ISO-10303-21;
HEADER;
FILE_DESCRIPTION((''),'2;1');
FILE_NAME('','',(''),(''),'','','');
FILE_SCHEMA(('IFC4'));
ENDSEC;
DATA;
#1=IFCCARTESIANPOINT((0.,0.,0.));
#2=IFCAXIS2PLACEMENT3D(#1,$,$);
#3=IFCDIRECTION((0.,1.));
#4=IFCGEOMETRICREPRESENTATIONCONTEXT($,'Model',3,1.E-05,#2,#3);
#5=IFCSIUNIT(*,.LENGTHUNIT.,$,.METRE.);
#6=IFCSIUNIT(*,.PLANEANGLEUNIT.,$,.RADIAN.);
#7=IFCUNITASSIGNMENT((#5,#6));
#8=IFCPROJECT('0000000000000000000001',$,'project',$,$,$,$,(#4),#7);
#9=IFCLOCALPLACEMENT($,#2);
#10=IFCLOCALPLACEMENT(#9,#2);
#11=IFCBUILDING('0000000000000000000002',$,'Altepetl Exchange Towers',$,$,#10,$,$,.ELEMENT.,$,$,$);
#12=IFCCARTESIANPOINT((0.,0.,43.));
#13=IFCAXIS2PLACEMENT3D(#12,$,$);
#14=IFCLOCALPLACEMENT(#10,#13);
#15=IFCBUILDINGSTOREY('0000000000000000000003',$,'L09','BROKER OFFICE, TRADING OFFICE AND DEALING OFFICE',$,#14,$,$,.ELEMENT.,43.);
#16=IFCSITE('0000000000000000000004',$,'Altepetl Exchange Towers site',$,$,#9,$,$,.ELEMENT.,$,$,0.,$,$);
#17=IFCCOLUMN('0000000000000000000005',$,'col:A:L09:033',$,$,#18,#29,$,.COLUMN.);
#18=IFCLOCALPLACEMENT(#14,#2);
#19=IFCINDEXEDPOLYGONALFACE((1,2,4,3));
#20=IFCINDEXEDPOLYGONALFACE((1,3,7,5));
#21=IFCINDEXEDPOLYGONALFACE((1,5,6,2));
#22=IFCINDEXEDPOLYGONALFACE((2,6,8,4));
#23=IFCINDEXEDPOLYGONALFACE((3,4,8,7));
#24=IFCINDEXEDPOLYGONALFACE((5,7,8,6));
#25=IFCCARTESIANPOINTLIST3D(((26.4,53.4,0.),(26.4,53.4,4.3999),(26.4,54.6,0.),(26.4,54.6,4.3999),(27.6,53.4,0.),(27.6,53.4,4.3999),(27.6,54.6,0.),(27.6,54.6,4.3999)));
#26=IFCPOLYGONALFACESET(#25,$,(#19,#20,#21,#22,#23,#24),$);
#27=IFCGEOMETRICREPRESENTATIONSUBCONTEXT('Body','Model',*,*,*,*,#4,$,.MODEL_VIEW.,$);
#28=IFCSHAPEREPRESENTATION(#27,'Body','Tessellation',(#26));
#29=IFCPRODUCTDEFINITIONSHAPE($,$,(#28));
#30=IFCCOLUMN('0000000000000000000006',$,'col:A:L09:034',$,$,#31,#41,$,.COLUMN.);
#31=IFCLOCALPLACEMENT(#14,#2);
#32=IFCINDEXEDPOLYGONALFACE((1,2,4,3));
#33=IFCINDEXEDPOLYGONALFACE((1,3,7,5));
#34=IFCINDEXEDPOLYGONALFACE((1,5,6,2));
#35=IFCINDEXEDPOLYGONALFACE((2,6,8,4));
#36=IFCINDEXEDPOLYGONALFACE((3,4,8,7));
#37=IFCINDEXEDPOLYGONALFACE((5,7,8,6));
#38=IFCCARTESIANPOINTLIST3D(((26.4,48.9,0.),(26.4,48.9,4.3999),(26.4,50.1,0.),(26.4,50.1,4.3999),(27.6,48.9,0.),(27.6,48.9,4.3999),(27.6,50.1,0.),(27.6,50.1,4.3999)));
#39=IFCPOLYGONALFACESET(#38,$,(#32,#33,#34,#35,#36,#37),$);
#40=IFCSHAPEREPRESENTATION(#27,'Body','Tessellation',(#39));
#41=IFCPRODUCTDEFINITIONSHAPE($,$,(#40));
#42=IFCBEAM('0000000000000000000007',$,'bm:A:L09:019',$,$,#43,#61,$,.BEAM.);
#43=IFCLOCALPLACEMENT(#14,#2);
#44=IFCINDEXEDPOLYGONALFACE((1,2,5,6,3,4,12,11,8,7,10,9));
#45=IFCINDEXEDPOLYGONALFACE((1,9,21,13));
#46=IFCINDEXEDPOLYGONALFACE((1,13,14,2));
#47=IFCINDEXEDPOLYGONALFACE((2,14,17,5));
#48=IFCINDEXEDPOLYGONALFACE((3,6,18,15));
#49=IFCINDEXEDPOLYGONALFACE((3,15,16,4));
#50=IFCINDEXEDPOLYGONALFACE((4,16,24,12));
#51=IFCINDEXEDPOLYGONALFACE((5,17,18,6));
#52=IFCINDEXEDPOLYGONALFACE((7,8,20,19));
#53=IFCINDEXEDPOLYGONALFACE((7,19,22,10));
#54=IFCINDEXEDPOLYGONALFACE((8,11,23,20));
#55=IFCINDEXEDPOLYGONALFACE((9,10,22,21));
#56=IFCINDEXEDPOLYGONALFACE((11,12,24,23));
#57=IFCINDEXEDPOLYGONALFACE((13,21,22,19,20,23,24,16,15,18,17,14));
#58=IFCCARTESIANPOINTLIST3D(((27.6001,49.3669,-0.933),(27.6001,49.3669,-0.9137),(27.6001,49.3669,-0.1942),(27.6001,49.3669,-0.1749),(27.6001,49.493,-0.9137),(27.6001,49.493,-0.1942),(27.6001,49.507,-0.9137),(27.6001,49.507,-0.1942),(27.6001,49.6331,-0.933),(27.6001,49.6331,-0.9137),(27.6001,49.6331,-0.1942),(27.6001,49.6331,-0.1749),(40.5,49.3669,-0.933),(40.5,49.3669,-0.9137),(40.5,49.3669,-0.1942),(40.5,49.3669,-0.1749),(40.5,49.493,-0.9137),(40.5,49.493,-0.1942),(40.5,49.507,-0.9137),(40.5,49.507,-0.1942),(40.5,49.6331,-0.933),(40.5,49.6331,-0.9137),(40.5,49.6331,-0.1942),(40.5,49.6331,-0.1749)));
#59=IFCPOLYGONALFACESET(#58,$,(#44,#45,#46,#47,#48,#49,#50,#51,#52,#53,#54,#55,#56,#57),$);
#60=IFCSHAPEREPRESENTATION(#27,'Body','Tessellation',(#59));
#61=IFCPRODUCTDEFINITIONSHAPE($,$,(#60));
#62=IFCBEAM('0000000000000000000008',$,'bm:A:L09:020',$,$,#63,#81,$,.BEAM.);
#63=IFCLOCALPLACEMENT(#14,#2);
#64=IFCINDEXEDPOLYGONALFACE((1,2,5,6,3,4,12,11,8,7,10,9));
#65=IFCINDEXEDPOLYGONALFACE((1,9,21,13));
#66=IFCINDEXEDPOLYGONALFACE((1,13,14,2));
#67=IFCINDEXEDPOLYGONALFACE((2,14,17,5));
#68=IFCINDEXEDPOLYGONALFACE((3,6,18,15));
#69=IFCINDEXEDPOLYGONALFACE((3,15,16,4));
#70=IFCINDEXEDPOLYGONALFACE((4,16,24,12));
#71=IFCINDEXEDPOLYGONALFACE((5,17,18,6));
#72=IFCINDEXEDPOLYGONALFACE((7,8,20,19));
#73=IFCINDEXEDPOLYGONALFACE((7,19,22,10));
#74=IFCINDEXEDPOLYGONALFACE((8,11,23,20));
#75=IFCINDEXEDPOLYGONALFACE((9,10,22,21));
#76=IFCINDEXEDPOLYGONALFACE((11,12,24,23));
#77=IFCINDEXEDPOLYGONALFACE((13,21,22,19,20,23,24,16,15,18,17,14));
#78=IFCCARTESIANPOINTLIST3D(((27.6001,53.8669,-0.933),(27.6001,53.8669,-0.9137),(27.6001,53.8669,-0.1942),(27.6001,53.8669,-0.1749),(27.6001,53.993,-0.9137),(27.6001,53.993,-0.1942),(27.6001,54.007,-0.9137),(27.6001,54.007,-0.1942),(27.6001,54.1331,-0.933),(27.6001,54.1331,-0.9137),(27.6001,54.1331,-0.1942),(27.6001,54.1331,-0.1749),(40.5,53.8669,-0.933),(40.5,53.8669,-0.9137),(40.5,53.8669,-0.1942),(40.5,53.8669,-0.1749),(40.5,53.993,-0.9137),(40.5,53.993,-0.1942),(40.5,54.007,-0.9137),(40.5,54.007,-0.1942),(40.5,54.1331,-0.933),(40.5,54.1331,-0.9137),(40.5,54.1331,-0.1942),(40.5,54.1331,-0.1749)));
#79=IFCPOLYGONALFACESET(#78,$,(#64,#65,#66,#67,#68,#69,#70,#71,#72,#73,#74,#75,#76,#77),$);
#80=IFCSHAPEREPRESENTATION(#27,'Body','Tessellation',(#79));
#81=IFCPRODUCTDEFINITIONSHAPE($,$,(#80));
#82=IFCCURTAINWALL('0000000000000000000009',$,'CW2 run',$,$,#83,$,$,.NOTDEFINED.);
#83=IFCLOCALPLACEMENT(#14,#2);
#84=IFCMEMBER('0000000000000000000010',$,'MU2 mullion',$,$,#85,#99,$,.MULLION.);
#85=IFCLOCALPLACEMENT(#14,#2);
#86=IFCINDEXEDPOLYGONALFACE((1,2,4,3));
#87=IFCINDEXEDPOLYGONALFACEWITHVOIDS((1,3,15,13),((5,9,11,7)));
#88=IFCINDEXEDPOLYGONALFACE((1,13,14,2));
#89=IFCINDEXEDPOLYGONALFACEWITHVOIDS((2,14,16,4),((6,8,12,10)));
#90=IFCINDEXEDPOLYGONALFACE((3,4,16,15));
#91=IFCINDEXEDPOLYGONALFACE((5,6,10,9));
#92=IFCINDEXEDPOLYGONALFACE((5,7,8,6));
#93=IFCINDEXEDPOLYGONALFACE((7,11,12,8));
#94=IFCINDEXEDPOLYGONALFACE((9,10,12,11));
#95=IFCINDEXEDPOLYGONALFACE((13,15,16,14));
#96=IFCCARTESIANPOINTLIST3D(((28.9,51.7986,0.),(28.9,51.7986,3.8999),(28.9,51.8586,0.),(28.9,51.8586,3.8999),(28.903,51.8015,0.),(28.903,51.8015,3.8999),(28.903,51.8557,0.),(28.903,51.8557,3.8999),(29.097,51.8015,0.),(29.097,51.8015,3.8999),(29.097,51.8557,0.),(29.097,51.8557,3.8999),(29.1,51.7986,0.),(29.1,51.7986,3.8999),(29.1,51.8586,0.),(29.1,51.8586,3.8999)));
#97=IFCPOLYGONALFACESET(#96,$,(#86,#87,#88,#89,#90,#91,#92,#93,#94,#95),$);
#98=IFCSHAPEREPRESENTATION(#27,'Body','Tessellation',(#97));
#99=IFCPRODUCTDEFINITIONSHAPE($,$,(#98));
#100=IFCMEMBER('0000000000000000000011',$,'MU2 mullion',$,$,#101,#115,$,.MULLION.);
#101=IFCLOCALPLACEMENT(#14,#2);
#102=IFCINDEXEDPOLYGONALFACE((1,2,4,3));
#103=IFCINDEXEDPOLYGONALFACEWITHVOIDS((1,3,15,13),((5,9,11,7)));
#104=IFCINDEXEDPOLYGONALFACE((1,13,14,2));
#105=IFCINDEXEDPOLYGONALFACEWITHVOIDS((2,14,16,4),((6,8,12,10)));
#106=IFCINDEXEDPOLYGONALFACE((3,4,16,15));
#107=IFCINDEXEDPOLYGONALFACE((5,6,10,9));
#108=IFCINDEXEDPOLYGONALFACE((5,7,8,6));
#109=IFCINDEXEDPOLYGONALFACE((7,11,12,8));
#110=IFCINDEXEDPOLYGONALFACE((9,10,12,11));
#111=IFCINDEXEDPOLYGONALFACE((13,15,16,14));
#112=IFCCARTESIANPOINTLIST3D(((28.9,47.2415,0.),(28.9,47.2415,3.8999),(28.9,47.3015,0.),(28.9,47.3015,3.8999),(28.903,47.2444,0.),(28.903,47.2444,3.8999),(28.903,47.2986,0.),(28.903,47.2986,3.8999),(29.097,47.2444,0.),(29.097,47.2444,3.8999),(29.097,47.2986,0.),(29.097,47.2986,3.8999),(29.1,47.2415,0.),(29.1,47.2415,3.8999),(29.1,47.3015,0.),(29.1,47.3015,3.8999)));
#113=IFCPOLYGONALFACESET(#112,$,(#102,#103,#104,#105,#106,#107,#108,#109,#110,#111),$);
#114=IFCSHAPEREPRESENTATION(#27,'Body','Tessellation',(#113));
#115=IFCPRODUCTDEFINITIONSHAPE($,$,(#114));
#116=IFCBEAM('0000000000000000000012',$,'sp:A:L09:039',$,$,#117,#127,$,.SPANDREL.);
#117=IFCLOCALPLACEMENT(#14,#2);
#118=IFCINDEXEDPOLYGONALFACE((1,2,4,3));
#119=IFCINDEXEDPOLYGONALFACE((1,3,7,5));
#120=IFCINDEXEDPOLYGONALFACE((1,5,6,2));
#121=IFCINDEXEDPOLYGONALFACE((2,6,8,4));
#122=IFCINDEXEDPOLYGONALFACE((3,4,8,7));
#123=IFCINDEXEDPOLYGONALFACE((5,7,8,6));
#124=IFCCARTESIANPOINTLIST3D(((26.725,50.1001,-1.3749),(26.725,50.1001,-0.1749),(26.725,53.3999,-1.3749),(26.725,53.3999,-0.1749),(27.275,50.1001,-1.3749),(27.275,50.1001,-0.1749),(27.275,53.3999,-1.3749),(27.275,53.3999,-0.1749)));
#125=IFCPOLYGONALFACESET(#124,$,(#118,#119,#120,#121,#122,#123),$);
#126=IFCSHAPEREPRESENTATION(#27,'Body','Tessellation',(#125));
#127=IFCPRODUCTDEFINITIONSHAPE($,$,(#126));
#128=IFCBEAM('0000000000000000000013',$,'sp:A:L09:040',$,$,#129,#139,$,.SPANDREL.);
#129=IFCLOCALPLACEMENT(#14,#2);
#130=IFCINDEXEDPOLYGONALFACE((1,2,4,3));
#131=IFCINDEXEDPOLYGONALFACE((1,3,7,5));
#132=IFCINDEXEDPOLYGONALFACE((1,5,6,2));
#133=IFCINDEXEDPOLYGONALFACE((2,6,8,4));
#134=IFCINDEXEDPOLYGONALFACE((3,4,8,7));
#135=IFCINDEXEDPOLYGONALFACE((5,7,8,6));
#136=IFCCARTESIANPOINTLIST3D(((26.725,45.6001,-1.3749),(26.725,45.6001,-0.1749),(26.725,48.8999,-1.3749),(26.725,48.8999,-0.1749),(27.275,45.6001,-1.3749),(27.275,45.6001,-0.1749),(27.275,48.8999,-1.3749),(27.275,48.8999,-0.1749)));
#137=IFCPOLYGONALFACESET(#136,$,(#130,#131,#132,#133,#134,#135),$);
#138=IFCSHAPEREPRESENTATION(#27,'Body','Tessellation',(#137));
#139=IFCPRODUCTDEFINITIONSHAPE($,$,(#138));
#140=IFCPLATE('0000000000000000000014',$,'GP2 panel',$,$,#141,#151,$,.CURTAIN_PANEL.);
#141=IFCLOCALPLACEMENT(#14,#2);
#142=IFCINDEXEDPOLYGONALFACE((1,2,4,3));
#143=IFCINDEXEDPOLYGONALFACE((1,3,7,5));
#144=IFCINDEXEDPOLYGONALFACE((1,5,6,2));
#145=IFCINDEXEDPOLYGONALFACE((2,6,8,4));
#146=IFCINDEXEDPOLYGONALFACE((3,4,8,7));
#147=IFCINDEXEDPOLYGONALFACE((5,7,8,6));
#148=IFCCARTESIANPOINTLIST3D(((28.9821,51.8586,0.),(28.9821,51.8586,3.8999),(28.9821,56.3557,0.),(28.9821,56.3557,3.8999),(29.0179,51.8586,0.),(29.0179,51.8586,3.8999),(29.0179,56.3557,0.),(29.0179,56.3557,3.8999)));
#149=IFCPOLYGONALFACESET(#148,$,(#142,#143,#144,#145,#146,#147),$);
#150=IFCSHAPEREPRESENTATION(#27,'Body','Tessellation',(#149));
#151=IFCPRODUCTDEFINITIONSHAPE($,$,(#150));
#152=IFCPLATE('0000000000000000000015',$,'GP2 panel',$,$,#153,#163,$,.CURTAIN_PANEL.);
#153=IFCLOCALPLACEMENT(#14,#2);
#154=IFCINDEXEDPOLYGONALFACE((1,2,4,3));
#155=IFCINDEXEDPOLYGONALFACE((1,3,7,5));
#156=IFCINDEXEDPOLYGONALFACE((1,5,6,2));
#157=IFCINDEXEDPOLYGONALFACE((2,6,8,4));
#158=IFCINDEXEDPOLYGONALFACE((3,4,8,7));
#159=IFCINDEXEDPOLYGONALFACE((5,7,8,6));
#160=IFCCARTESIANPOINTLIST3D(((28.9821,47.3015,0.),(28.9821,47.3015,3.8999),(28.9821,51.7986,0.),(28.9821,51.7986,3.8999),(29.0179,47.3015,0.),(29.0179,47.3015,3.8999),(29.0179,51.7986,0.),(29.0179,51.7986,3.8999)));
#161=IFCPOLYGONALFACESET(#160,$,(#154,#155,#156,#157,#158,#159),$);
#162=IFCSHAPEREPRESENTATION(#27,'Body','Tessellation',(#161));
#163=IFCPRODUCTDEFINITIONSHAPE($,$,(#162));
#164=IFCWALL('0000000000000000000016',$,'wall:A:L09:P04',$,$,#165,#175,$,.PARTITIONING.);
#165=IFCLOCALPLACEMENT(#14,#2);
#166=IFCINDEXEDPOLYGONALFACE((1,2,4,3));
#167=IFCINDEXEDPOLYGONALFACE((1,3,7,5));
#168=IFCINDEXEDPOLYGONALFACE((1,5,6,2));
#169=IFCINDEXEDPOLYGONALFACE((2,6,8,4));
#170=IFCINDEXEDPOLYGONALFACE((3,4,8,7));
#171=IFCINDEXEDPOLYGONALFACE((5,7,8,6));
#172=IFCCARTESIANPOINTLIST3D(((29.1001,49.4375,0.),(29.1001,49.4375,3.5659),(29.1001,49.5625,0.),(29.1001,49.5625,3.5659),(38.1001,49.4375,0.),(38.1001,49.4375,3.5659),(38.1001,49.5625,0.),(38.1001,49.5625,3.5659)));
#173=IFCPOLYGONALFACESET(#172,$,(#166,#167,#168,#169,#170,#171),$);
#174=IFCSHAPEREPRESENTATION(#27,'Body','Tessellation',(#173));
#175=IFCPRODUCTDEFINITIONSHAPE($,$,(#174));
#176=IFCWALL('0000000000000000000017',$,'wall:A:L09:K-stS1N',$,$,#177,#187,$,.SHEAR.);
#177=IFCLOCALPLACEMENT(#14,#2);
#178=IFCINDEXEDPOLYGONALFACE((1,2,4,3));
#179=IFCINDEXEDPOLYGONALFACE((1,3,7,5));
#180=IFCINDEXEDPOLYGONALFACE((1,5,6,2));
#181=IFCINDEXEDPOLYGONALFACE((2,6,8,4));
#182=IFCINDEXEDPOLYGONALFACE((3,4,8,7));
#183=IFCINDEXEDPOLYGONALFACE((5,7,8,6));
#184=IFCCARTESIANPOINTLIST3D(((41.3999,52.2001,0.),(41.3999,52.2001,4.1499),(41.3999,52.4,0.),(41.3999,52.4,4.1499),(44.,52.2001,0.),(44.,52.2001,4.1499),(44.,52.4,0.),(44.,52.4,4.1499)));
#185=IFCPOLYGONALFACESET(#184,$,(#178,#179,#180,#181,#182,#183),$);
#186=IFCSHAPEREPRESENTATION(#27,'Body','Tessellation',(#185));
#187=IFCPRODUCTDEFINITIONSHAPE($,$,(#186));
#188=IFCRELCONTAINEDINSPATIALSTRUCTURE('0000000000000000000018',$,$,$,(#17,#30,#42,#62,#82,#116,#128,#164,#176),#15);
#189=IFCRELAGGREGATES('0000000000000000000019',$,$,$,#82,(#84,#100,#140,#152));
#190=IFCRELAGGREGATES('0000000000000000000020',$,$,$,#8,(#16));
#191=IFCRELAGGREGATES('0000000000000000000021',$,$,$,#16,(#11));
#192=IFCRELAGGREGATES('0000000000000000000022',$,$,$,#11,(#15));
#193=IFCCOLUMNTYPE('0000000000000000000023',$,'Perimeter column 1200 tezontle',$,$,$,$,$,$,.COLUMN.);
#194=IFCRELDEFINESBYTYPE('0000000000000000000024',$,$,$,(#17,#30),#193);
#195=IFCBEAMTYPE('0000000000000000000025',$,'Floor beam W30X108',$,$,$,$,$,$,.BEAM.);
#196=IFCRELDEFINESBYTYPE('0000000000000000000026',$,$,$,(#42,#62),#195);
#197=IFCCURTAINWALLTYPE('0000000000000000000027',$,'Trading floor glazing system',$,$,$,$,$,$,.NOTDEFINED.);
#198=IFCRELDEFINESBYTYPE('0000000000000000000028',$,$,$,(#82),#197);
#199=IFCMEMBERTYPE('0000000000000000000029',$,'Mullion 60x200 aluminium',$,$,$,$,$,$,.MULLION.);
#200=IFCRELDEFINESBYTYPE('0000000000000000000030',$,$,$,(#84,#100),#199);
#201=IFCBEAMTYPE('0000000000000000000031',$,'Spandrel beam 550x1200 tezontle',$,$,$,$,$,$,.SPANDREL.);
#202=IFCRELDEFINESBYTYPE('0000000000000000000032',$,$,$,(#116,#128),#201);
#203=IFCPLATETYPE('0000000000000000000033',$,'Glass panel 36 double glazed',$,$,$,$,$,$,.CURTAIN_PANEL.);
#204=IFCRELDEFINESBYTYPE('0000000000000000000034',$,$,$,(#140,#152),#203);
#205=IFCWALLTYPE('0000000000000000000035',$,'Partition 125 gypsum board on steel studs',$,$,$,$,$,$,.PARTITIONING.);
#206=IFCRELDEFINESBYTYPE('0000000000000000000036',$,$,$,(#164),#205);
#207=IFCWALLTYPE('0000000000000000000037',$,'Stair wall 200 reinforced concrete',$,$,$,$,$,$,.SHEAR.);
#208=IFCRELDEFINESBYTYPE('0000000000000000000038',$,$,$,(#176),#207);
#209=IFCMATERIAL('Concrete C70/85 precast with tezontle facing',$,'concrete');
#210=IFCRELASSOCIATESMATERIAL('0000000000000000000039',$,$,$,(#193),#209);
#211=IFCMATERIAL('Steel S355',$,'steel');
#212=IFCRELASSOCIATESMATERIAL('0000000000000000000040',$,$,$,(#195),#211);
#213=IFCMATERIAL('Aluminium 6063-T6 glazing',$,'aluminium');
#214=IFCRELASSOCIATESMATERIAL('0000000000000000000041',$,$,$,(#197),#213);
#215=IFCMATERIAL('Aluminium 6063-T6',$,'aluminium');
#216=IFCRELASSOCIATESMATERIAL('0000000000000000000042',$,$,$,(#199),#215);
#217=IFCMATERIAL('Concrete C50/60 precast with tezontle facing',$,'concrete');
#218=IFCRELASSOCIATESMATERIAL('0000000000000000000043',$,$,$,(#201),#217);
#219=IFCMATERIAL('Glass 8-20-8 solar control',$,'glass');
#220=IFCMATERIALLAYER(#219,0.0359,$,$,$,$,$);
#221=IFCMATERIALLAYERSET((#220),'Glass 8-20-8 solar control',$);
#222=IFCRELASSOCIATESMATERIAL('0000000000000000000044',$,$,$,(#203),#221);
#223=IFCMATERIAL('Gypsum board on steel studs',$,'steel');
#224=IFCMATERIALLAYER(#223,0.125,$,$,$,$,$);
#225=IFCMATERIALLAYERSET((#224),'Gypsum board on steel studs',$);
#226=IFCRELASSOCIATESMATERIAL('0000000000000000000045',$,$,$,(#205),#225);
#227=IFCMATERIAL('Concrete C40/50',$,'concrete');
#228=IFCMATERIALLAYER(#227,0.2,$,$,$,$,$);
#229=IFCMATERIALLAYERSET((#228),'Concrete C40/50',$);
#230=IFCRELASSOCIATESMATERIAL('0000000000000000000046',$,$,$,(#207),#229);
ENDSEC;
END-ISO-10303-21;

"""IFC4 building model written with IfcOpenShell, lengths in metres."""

from ifc_helpers import new_model, si_unit, direction, frame, frame_2d, origin, origin_2d, place, context, subcontext, project, spatial, rectangle, hollow_rectangle, i_section, extrude, material, layer, layer_set, material_profile, profile_set, type_object, element, aggregate, save


model = new_model("IFC4")

# Units and contexts
model_context = context("Model", 3, precision=1e-05, world=origin(), true_north=direction((0.0, 1.0)))
body_context = subcontext(model_context, "Body", "Model", "MODEL_VIEW")
ifc_project = project(units=[si_unit("LENGTHUNIT", "METRE"), si_unit("PLANEANGLEUNIT", "RADIAN")], contexts=[model_context])

# Site, building, storey
site_placement = place(None, origin())
site = spatial("IfcSite", under=ifc_project, at=site_placement, Name="Altepetl Exchange Towers site", CompositionType="ELEMENT", RefElevation=0.0)
building_placement = place(site_placement, origin())
building = spatial("IfcBuilding", under=site, at=building_placement, Name="Altepetl Exchange Towers", CompositionType="ELEMENT")
storey_placement = place(building_placement, frame((0.0, 0.0, 43.0)))
storey = spatial("IfcBuildingStorey", under=building, at=storey_placement, Name="L09", Description="BROKER OFFICE, TRADING OFFICE AND DEALING OFFICE", CompositionType="ELEMENT", Elevation=43.0)

# Columns
ifc_material_1 = material(Name="Concrete C70/85 precast with tezontle facing", Category="concrete")
ifc_material_profile_1 = material_profile(ifc_material_1, rectangle(XDim=1.2, YDim=1.2, at=origin_2d()), Name="1200 x 1200")
ifc_profile_set_1 = profile_set([ifc_material_profile_1], Name="Concrete C70/85 precast with tezontle facing")
column_type = type_object("IfcColumnType", Name="Perimeter column 1200 tezontle", PredefinedType="COLUMN", material=ifc_profile_set_1)
for number, where, name in (
    (1, (27.0, 54.0, 0.0), "col:A:L09:033"),
    (2, (27.0, 49.5, 0.0), "col:A:L09:034"),
):
    element("IfcColumn", number, at=place(storey_placement, frame(where)), inside=storey, type_object=column_type, Name=name, PredefinedType="COLUMN", context=body_context, shape_type="SweptSolid", body=[
        extrude(rectangle(XDim=1.2, YDim=1.2, at=origin_2d()), origin(), (0.0, 0.0, 1.0), 4.3999),
    ])

# Beams
ifc_material_2 = material(Name="Steel S355", Category="steel")
ifc_material_profile_2 = material_profile(ifc_material_2, i_section(OverallWidth=0.2661, OverallDepth=0.7581, WebThickness=0.0139, FlangeThickness=0.0193, at=origin_2d()), Name="W30X108")
ifc_profile_set_2 = profile_set([ifc_material_profile_2], Name="Steel S355")
beam_type_1 = type_object("IfcBeamType", Name="Floor beam W30X108", PredefinedType="BEAM", material=ifc_profile_set_2)
for number, where, z_axis, x_axis, name in (
    (3, (27.6001, 49.5, -0.554), (1.0, 0.0, 0.0), (0.0, 1.0, 0.0), "bm:A:L09:019"),
    (4, (27.6001, 54.0, -0.554), (1.0, 0.0, 0.0), (0.0, 1.0, 0.0), "bm:A:L09:020"),
):
    element("IfcBeam", number, at=place(storey_placement, frame(where, z_axis=z_axis, x_axis=x_axis)), inside=storey, type_object=beam_type_1, Name=name, PredefinedType="BEAM", context=body_context, shape_type="SweptSolid", body=[
        extrude(i_section(OverallWidth=0.2661, OverallDepth=0.7581, WebThickness=0.0139, FlangeThickness=0.0193, at=origin_2d()), origin(), (0.0, 0.0, 1.0), 12.8999),
    ])

# Curtain wall, members
ifc_material_3 = material(Name="Aluminium 6063-T6 glazing", Category="aluminium")
curtain_wall_type = type_object("IfcCurtainWallType", Name="Trading floor glazing system", PredefinedType="NOTDEFINED", material=ifc_material_3)
curtain_wall_placement = place(storey_placement, origin())
curtain_wall = element("IfcCurtainWall", 5, at=curtain_wall_placement, inside=storey, type_object=curtain_wall_type, Name="CW2 run", PredefinedType="NOTDEFINED")
ifc_material_4 = material(Name="Aluminium 6063-T6", Category="aluminium")
ifc_material_profile_3 = material_profile(ifc_material_4, hollow_rectangle(XDim=0.0601, YDim=0.2, WallThickness=0.0029, at=origin_2d()), Name="Mullion 60x200 aluminium")
ifc_profile_set_3 = profile_set([ifc_material_profile_3], Name="Aluminium 6063-T6")
member_type = type_object("IfcMemberType", Name="Mullion 60x200 aluminium", PredefinedType="MULLION", material=ifc_profile_set_3)
member_1_placement = place(storey_placement, frame((29.0, 51.8286, 0.0), z_axis=(0.0, 0.0, 1.0), x_axis=(0.0, -1.0, 0.0)))
member_1 = element("IfcMember", 6, at=member_1_placement, type_object=member_type, Name="MU2 mullion", PredefinedType="MULLION", context=body_context, shape_type="SweptSolid", body=[
    extrude(hollow_rectangle(XDim=0.0601, YDim=0.2, WallThickness=0.0029, at=origin_2d()), origin(), (0.0, 0.0, 1.0), 3.8999),
])
member_2_placement = place(storey_placement, frame((29.0, 47.2715, 0.0), z_axis=(0.0, 0.0, 1.0), x_axis=(0.0, -1.0, 0.0)))
member_2 = element("IfcMember", 7, at=member_2_placement, type_object=member_type, Name="MU2 mullion", PredefinedType="MULLION", context=body_context, shape_type="SweptSolid", body=[
    extrude(hollow_rectangle(XDim=0.0601, YDim=0.2, WallThickness=0.0029, at=origin_2d()), origin(), (0.0, 0.0, 1.0), 3.8999),
])

# Beams
ifc_material_5 = material(Name="Concrete C50/60 precast with tezontle facing", Category="concrete")
ifc_material_profile_4 = material_profile(ifc_material_5, rectangle(XDim=0.55, YDim=1.2, at=origin_2d()), Name="550 x 1200")
ifc_profile_set_4 = profile_set([ifc_material_profile_4], Name="Concrete C50/60 precast with tezontle facing")
beam_type_2 = type_object("IfcBeamType", Name="Spandrel beam 550x1200 tezontle", PredefinedType="SPANDREL", material=ifc_profile_set_4)
for number, where, z_axis, x_axis, name in (
    (8, (27.0, 53.3999, -0.7749), (0.0, -1.0, 0.0), (1.0, 0.0, 0.0), "sp:A:L09:039"),
    (9, (27.0, 48.8999, -0.7749), (0.0, -1.0, 0.0), (1.0, 0.0, 0.0), "sp:A:L09:040"),
):
    element("IfcBeam", number, at=place(storey_placement, frame(where, z_axis=z_axis, x_axis=x_axis)), inside=storey, type_object=beam_type_2, Name=name, PredefinedType="SPANDREL", context=body_context, shape_type="SweptSolid", body=[
        extrude(rectangle(XDim=0.55, YDim=1.2, at=origin_2d()), origin(), (0.0, 0.0, 1.0), 3.2998),
    ])

# Plates
ifc_material_6 = material(Name="Glass 8-20-8 solar control", Category="glass")
ifc_layer_1 = layer(ifc_material_6, 0.0359)
ifc_layer_set_1 = layer_set([ifc_layer_1], Name="Glass 8-20-8 solar control")
plate_type = type_object("IfcPlateType", Name="Glass panel 36 double glazed", PredefinedType="CURTAIN_PANEL", material=ifc_layer_set_1)
plate_1_placement = place(storey_placement, frame((29.0, 54.1072, 0.0), z_axis=(0.0, 0.0, 1.0), x_axis=(0.0, -1.0, 0.0)))
plate_1 = element("IfcPlate", 10, at=plate_1_placement, type_object=plate_type, Name="GP2 panel", PredefinedType="CURTAIN_PANEL", context=body_context, shape_type="SweptSolid", body=[
    extrude(rectangle(XDim=4.4971, YDim=0.0359, at=origin_2d()), origin(), (0.0, 0.0, 1.0), 3.8999),
])
plate_2_placement = place(storey_placement, frame((29.0, 49.55, 0.0), z_axis=(0.0, 0.0, 1.0), x_axis=(0.0, -1.0, 0.0)))
plate_2 = element("IfcPlate", 11, at=plate_2_placement, type_object=plate_type, Name="GP2 panel", PredefinedType="CURTAIN_PANEL", context=body_context, shape_type="SweptSolid", body=[
    extrude(rectangle(XDim=4.4971, YDim=0.0359, at=origin_2d()), origin(), (0.0, 0.0, 1.0), 3.8999),
])
aggregate(curtain_wall, [member_1, member_2, plate_1, plate_2])

# Walls
ifc_material_7 = material(Name="Gypsum board on steel studs", Category="steel")
ifc_layer_2 = layer(ifc_material_7, 0.125)
ifc_layer_set_2 = layer_set([ifc_layer_2], Name="Gypsum board on steel studs")
wall_type_1 = type_object("IfcWallType", Name="Partition 125 gypsum board on steel studs", PredefinedType="PARTITIONING", material=ifc_layer_set_2)
wall_1_placement = place(storey_placement, frame((29.1001, 49.5, 0.0)))
element("IfcWall", 12, at=wall_1_placement, inside=storey, type_object=wall_type_1, Name="wall:A:L09:P04", PredefinedType="PARTITIONING", context=body_context, shape_type="SweptSolid", body=[
    extrude(rectangle(XDim=9.0, YDim=0.125, at=frame_2d((4.5, 0.0))), origin(), (0.0, 0.0, 1.0), 3.5659),
])
ifc_material_8 = material(Name="Concrete C40/50", Category="concrete")
ifc_layer_3 = layer(ifc_material_8, 0.2)
ifc_layer_set_3 = layer_set([ifc_layer_3], Name="Concrete C40/50")
wall_type_2 = type_object("IfcWallType", Name="Stair wall 200 reinforced concrete", PredefinedType="SHEAR", material=ifc_layer_set_3)
wall_2_placement = place(storey_placement, frame((41.3999, 52.3, 0.0)))
element("IfcWall", 13, at=wall_2_placement, inside=storey, type_object=wall_type_2, Name="wall:A:L09:K-stS1N", PredefinedType="SHEAR", context=body_context, shape_type="SweptSolid", body=[
    extrude(rectangle(XDim=2.6001, YDim=0.2, at=frame_2d((1.3, 0.0))), origin(), (0.0, 0.0, 1.0), 4.1499),
])

save(model, "model.ifc")
